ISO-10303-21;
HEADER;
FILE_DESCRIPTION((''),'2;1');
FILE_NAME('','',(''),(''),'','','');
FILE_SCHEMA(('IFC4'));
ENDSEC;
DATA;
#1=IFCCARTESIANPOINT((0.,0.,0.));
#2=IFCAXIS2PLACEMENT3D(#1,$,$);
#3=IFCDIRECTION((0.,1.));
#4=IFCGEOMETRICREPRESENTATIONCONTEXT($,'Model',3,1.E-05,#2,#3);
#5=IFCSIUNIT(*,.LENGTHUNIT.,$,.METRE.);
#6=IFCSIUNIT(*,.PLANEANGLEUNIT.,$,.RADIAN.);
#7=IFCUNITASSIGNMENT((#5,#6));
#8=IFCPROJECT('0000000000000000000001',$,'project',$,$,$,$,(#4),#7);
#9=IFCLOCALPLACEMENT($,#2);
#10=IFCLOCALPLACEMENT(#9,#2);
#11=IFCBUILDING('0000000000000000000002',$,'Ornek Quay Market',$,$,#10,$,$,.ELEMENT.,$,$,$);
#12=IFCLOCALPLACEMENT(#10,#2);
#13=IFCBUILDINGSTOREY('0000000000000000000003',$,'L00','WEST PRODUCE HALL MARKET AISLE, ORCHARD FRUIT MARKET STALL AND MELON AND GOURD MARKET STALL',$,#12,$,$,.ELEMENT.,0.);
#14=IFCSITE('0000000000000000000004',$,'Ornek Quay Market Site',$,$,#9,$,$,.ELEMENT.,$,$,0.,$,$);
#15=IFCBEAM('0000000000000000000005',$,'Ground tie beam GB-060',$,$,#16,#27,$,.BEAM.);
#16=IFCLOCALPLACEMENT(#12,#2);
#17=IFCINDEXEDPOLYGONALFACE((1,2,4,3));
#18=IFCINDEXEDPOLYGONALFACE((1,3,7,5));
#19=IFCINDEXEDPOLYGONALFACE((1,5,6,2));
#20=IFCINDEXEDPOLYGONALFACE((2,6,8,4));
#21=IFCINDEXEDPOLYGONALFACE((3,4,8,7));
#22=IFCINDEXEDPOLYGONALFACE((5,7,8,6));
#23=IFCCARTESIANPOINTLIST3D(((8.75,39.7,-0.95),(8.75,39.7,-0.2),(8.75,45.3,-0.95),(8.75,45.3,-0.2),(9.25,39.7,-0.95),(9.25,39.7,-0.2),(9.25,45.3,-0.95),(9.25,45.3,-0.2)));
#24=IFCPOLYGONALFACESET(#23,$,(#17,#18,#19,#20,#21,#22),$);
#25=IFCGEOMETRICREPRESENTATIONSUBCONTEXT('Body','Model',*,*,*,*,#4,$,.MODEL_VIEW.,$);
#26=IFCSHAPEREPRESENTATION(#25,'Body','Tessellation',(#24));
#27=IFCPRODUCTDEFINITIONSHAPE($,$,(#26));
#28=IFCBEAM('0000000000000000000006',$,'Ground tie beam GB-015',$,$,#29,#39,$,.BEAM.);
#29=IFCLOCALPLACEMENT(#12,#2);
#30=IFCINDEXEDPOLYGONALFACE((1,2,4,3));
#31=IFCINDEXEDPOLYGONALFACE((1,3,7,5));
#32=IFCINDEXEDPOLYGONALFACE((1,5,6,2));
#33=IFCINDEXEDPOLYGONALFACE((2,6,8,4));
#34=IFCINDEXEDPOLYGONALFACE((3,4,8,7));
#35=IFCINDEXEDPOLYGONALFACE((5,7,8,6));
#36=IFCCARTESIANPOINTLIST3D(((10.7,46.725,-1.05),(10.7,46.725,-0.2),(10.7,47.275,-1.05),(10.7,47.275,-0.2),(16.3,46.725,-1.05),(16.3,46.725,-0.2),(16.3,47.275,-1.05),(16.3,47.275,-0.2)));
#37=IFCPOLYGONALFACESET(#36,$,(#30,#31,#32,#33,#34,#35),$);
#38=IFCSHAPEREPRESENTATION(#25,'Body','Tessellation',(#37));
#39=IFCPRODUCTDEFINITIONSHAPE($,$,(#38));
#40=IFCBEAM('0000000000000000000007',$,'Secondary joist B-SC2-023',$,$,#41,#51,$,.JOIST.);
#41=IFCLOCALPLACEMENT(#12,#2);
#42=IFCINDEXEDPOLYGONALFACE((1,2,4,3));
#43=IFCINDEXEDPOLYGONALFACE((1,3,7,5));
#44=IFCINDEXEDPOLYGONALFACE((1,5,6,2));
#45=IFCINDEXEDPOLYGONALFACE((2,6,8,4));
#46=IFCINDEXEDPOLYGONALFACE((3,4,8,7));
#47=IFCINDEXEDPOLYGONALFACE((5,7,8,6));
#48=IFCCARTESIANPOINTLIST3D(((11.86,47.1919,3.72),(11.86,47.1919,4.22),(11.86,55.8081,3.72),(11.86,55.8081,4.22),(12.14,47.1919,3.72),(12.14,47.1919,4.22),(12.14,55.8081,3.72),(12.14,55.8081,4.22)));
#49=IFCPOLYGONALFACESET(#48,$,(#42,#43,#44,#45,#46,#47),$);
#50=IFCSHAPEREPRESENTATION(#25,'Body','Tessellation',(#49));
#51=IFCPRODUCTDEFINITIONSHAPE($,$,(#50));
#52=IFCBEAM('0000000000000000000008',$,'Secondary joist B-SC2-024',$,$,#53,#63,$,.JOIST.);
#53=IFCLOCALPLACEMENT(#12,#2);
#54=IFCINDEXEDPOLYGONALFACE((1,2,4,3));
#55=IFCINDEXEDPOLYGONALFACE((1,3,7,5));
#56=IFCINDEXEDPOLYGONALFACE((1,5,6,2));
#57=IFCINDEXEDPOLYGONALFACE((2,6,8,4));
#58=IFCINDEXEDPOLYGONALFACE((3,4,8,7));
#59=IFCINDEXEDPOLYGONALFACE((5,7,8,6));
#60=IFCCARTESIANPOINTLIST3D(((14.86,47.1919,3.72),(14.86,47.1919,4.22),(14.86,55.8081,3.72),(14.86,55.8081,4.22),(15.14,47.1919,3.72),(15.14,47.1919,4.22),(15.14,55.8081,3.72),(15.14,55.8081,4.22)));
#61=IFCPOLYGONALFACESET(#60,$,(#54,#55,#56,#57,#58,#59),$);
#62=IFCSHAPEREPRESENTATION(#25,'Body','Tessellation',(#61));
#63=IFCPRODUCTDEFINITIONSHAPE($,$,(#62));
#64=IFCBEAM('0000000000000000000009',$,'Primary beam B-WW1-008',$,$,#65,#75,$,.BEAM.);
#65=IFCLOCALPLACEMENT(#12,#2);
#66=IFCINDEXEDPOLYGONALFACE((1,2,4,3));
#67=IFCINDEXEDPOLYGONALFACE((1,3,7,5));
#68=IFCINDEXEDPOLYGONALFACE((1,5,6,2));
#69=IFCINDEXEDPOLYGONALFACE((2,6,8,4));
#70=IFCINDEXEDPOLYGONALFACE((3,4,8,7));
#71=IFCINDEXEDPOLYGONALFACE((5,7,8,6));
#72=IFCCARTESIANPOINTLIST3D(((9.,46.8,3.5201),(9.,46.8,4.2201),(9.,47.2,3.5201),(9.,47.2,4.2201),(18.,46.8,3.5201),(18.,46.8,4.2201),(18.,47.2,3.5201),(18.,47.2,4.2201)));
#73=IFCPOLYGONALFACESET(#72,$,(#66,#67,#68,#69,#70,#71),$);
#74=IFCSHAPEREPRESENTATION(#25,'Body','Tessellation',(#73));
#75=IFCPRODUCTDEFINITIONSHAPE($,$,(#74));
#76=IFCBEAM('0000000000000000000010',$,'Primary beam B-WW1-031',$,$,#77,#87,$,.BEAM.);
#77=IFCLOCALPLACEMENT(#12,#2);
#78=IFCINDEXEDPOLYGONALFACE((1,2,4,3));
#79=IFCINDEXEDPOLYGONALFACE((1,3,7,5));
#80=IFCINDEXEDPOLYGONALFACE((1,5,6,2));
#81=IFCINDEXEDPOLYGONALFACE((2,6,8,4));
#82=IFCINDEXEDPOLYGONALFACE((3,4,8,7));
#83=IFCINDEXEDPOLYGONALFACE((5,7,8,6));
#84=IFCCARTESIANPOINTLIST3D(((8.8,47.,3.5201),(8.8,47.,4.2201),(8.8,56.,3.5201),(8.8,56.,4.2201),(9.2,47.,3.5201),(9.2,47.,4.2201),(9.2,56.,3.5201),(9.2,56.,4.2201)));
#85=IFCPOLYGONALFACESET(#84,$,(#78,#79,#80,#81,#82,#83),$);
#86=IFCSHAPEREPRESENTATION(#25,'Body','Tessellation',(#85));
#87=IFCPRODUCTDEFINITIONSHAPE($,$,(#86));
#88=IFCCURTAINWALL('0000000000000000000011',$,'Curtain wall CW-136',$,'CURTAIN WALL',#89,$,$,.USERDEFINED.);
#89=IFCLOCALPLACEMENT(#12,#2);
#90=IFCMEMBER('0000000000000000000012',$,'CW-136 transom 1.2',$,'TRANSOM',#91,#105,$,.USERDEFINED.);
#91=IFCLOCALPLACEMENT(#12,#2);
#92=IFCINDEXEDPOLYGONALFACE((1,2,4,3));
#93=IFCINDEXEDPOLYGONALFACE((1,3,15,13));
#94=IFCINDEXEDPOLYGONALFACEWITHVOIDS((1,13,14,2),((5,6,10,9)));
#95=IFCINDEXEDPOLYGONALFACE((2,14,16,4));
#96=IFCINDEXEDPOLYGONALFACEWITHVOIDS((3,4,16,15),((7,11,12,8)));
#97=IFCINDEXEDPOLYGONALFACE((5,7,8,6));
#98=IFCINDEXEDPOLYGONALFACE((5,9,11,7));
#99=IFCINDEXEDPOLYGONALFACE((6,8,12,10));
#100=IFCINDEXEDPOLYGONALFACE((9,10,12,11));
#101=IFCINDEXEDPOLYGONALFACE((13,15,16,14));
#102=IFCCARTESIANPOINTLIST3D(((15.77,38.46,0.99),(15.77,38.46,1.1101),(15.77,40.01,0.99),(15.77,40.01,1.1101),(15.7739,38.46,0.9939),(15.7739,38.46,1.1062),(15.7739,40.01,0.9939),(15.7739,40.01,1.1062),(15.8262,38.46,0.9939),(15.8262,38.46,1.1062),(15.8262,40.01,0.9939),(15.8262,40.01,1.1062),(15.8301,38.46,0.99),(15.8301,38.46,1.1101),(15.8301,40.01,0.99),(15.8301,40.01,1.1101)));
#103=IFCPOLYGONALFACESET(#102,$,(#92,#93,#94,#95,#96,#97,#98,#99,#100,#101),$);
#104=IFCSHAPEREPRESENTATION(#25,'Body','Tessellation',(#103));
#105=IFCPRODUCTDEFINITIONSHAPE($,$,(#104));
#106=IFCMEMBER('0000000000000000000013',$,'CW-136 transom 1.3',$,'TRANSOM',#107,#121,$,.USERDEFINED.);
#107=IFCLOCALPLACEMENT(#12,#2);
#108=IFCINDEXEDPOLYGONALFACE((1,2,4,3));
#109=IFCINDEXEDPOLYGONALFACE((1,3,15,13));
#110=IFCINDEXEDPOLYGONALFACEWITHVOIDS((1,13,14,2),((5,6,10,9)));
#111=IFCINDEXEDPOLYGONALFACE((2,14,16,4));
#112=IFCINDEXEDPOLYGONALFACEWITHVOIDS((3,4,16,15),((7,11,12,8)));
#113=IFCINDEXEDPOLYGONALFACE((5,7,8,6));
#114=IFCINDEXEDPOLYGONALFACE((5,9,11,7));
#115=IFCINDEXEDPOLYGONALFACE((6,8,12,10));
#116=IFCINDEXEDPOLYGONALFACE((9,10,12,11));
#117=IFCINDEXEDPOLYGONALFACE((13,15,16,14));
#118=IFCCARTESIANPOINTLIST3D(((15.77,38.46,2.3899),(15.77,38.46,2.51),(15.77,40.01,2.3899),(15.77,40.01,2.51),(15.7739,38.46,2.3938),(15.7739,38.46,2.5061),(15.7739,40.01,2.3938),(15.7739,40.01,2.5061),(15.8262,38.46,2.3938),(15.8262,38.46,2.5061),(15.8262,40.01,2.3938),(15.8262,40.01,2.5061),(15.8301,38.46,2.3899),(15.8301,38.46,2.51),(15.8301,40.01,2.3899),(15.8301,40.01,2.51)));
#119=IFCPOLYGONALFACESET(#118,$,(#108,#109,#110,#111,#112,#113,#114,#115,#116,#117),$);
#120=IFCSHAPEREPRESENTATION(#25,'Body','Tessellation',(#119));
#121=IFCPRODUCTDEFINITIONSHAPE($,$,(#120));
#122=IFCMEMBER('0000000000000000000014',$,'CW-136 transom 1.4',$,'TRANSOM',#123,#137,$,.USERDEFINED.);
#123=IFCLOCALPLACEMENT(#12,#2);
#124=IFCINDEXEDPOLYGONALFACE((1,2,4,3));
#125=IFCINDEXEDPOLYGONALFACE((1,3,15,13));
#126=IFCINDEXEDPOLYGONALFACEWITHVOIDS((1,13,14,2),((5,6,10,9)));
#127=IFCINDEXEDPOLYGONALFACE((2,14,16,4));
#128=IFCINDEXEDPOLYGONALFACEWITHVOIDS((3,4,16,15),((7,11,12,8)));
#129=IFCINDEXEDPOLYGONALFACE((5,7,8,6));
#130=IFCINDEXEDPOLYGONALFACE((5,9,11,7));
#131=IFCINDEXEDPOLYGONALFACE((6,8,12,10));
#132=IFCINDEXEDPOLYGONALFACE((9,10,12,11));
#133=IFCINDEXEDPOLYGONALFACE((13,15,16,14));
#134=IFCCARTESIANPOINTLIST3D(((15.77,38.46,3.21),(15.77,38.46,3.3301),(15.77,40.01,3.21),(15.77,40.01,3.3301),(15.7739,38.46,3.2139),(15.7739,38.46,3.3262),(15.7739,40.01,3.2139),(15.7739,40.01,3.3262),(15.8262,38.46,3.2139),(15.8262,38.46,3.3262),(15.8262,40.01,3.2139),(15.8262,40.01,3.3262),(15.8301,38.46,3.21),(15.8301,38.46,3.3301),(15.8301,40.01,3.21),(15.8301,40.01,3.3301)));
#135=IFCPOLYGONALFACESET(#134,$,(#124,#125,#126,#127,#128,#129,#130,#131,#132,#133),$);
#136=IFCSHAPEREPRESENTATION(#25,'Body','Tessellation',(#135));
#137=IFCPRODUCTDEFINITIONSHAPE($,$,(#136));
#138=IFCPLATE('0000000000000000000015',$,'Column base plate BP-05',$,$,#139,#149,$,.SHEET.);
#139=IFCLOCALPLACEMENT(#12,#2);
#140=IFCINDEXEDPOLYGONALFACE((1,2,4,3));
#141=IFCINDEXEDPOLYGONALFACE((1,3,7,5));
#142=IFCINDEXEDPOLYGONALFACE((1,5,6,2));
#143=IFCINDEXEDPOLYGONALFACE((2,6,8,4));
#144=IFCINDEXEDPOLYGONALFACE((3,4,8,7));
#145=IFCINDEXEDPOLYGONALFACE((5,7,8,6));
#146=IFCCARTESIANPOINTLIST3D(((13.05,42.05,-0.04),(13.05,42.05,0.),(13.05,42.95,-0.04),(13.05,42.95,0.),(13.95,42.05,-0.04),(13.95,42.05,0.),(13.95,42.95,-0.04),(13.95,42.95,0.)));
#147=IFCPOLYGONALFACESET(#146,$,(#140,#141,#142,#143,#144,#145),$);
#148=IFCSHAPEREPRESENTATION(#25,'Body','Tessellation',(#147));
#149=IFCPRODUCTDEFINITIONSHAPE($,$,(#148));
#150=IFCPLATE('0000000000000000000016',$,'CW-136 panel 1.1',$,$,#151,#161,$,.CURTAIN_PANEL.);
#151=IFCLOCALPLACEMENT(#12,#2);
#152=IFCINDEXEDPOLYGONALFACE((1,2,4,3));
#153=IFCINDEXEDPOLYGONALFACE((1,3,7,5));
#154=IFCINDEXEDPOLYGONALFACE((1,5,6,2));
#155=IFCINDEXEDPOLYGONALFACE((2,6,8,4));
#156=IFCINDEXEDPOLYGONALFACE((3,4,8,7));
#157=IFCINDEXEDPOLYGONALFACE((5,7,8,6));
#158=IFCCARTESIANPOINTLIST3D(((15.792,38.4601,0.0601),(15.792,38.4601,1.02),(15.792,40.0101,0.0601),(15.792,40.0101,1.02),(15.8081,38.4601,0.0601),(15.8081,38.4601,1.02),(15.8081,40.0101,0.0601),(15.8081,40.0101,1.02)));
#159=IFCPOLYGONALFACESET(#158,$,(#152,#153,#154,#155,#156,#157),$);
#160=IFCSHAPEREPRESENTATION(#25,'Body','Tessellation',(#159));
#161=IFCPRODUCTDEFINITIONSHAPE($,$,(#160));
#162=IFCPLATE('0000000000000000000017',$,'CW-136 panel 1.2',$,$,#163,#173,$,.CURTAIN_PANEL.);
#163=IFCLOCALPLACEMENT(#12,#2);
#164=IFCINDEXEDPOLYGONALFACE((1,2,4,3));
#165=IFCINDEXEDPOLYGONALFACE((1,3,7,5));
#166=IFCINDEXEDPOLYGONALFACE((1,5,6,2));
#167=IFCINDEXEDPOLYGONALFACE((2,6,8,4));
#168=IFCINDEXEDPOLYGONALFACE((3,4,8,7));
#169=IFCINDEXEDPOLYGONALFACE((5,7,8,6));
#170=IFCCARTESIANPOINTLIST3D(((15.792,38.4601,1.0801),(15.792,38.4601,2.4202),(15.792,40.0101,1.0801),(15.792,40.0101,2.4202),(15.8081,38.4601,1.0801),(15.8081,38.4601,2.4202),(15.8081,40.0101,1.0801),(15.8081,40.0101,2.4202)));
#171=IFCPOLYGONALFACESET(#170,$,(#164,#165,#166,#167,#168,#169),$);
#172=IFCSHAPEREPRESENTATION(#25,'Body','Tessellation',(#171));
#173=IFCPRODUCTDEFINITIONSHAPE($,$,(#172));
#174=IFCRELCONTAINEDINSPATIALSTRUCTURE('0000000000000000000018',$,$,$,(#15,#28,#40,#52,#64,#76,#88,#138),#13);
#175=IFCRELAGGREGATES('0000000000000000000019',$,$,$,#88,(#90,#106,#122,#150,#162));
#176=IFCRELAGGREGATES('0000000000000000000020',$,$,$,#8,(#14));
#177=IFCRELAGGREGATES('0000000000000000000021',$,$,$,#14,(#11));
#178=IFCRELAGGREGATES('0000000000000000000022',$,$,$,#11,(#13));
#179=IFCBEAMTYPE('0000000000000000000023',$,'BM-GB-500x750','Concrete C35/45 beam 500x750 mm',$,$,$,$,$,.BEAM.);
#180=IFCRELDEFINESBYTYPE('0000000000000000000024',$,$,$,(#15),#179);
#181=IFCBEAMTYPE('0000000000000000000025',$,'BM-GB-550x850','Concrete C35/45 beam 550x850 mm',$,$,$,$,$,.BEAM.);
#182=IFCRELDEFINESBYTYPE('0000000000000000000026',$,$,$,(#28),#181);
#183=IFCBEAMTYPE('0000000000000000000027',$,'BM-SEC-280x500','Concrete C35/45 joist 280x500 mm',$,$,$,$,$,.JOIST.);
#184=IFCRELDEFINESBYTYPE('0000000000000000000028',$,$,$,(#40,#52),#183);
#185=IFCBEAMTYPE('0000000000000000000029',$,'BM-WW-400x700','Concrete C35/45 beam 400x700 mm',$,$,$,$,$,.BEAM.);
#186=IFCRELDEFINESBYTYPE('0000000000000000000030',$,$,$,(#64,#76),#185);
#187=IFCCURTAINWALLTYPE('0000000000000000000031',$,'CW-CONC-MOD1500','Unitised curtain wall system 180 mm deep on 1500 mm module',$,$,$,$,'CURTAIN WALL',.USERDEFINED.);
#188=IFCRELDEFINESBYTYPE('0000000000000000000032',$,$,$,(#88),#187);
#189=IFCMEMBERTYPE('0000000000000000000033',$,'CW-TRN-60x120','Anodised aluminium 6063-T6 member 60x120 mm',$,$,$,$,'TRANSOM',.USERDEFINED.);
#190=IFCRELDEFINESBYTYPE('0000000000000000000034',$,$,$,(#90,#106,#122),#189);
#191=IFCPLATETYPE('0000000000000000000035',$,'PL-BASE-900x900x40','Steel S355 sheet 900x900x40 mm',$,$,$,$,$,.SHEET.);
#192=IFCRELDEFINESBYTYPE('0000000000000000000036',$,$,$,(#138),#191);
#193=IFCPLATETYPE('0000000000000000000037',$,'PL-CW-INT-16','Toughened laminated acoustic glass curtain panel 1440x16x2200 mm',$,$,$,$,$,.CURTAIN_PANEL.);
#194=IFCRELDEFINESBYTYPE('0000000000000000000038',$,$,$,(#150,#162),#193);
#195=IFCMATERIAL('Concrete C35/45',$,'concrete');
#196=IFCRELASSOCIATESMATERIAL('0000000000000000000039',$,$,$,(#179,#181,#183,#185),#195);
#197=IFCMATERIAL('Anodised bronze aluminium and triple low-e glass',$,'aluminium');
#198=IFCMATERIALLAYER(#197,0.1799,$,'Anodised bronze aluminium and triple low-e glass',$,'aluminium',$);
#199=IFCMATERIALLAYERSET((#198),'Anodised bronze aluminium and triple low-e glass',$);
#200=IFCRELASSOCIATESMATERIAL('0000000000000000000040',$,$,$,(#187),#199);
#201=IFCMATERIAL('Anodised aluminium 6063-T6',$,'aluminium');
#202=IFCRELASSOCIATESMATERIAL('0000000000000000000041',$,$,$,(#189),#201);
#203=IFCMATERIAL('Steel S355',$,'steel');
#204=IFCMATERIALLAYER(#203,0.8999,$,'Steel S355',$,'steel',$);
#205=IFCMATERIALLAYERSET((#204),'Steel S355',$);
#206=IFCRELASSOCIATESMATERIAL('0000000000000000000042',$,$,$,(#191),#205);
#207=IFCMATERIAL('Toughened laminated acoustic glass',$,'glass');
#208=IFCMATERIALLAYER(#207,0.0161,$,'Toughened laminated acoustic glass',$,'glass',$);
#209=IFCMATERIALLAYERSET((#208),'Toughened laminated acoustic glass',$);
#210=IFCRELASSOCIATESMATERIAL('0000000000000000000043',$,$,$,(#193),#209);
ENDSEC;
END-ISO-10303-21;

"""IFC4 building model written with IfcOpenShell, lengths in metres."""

from ifc_helpers import new_model, si_unit, direction, frame, origin, origin_2d, place, context, subcontext, project, spatial, rectangle, hollow_rectangle, extrude, material, layer, layer_set, material_profile, profile_set, type_object, element, aggregate, save


model = new_model("IFC4")

# Units and contexts
model_context = context("Model", 3, precision=1e-05, world=origin(), true_north=direction((0.0, 1.0)))
body_context = subcontext(model_context, "Body", "Model", "MODEL_VIEW")
ifc_project = project(units=[si_unit("LENGTHUNIT", "METRE"), si_unit("PLANEANGLEUNIT", "RADIAN")], contexts=[model_context])

# Site, building, storey
site_placement = place(None, origin())
site = spatial("IfcSite", under=ifc_project, at=site_placement, Name="Ornek Quay Market Site", CompositionType="ELEMENT", RefElevation=0.0)
building_placement = place(site_placement, origin())
building = spatial("IfcBuilding", under=site, at=building_placement, Name="Ornek Quay Market", CompositionType="ELEMENT")
storey_placement = place(building_placement, origin())
storey = spatial("IfcBuildingStorey", under=building, at=storey_placement, Name="L00", Description="WEST PRODUCE HALL MARKET AISLE, ORCHARD FRUIT MARKET STALL AND MELON AND GOURD MARKET STALL", CompositionType="ELEMENT", Elevation=0.0)

# Shared definitions
ifc_material_1 = material(Name="Concrete C35/45", Category="concrete")

# Shared definitions
ifc_material_2 = material(Name="Steel S355", Category="steel")

# Beams
ifc_material_profile_1 = material_profile(ifc_material_1, rectangle(XDim=0.5, YDim=0.75, at=origin_2d()), Name="RC 500x750", Category="concrete")
ifc_profile_set_1 = profile_set([ifc_material_profile_1], Name="Concrete C35/45")
beam_type_1 = type_object("IfcBeamType", Name="BM-GB-500x750", Description="Concrete C35/45 beam 500x750 mm", PredefinedType="BEAM", material=ifc_profile_set_1)
beam_1_placement = place(storey_placement, frame((9.0, 39.7, -0.575), z_axis=(0.0, 1.0, 0.0), x_axis=(-1.0, 0.0, 0.0)))
element("IfcBeam", 1, at=beam_1_placement, inside=storey, type_object=beam_type_1, Name="Ground tie beam GB-060", PredefinedType="BEAM", context=body_context, shape_type="SweptSolid", body=[
    extrude(rectangle(XDim=0.5, YDim=0.75, at=origin_2d()), origin(), (0.0, 0.0, 1.0), 5.6001),
])
ifc_material_profile_2 = material_profile(ifc_material_1, rectangle(XDim=0.55, YDim=0.8501, at=origin_2d()), Name="RC 550x850", Category="concrete")
ifc_profile_set_2 = profile_set([ifc_material_profile_2], Name="Concrete C35/45")
beam_type_2 = type_object("IfcBeamType", Name="BM-GB-550x850", Description="Concrete C35/45 beam 550x850 mm", PredefinedType="BEAM", material=ifc_profile_set_2)
beam_2_placement = place(storey_placement, frame((10.7, 47.0, -0.625), z_axis=(1.0, 0.0, 0.0), x_axis=(0.0, 1.0, 0.0)))
element("IfcBeam", 2, at=beam_2_placement, inside=storey, type_object=beam_type_2, Name="Ground tie beam GB-015", PredefinedType="BEAM", context=body_context, shape_type="SweptSolid", body=[
    extrude(rectangle(XDim=0.55, YDim=0.8501, at=origin_2d()), origin(), (0.0, 0.0, 1.0), 5.6001),
])
ifc_material_profile_3 = material_profile(ifc_material_1, rectangle(XDim=0.28, YDim=0.5, at=origin_2d()), Name="RC 280x500", Category="concrete")
ifc_profile_set_3 = profile_set([ifc_material_profile_3], Name="Concrete C35/45")
beam_type_3 = type_object("IfcBeamType", Name="BM-SEC-280x500", Description="Concrete C35/45 joist 280x500 mm", PredefinedType="JOIST", material=ifc_profile_set_3)
for number, where, z_axis, x_axis, name in (
    (3, (12.0, 47.1919, 3.97), (0.0, 1.0, 0.0), (-1.0, 0.0, 0.0), "Secondary joist B-SC2-023"),
    (4, (15.0, 47.1919, 3.97), (0.0, 1.0, 0.0), (-1.0, 0.0, 0.0), "Secondary joist B-SC2-024"),
):
    element("IfcBeam", number, at=place(storey_placement, frame(where, z_axis=z_axis, x_axis=x_axis)), inside=storey, type_object=beam_type_3, Name=name, PredefinedType="JOIST", context=body_context, shape_type="SweptSolid", body=[
        extrude(rectangle(XDim=0.28, YDim=0.5, at=origin_2d()), origin(), (0.0, 0.0, 1.0), 8.6162),
    ])
ifc_material_profile_4 = material_profile(ifc_material_1, rectangle(XDim=0.3999, YDim=0.7, at=origin_2d()), Name="RC 400x700", Category="concrete")
ifc_profile_set_4 = profile_set([ifc_material_profile_4], Name="Concrete C35/45")
beam_type_4 = type_object("IfcBeamType", Name="BM-WW-400x700", Description="Concrete C35/45 beam 400x700 mm", PredefinedType="BEAM", material=ifc_profile_set_4)
for number, where, z_axis, x_axis, name in (
    (5, (9.0, 47.0, 3.8701), (1.0, 0.0, 0.0), (0.0, 1.0, 0.0), "Primary beam B-WW1-008"),
    (6, (9.0, 47.0, 3.8701), (0.0, 1.0, 0.0), (-1.0, 0.0, 0.0), "Primary beam B-WW1-031"),
):
    element("IfcBeam", number, at=place(storey_placement, frame(where, z_axis=z_axis, x_axis=x_axis)), inside=storey, type_object=beam_type_4, Name=name, PredefinedType="BEAM", context=body_context, shape_type="SweptSolid", body=[
        extrude(rectangle(XDim=0.3999, YDim=0.7, at=origin_2d()), origin(), (0.0, 0.0, 1.0), 9.0),
    ])

# Curtain wall, members
ifc_material_3 = material(Name="Anodised bronze aluminium and triple low-e glass", Category="aluminium")
ifc_layer_1 = layer(ifc_material_3, 0.1799, Name="Anodised bronze aluminium and triple low-e glass", Category="aluminium")
ifc_layer_set_1 = layer_set([ifc_layer_1], Name="Anodised bronze aluminium and triple low-e glass")
curtain_wall_type = type_object("IfcCurtainWallType", Name="CW-CONC-MOD1500", Description="Unitised curtain wall system 180 mm deep on 1500 mm module", ElementType="CURTAIN WALL", PredefinedType="USERDEFINED", material=ifc_layer_set_1)
curtain_wall_placement = place(storey_placement, origin())
curtain_wall = element("IfcCurtainWall", 7, at=curtain_wall_placement, inside=storey, type_object=curtain_wall_type, Name="Curtain wall CW-136", ObjectType="CURTAIN WALL", PredefinedType="USERDEFINED")
ifc_material_4 = material(Name="Anodised aluminium 6063-T6", Category="aluminium")
ifc_material_profile_5 = material_profile(ifc_material_4, hollow_rectangle(XDim=0.0601, YDim=0.1201, WallThickness=0.0039, at=origin_2d()), Name="CW-TRN-60x120", Category="aluminium")
ifc_profile_set_5 = profile_set([ifc_material_profile_5], Name="Anodised aluminium 6063-T6")
member_type = type_object("IfcMemberType", Name="CW-TRN-60x120", Description="Anodised aluminium 6063-T6 member 60x120 mm", ElementType="TRANSOM", PredefinedType="USERDEFINED", material=ifc_profile_set_5)
member_1_placement = place(storey_placement, frame((15.8, 38.46, 1.05), z_axis=(0.0, 1.0, 0.0), x_axis=(-1.0, 0.0, 0.0)))
member_1 = element("IfcMember", 8, at=member_1_placement, type_object=member_type, Name="CW-136 transom 1.2", ObjectType="TRANSOM", PredefinedType="USERDEFINED", context=body_context, shape_type="SweptSolid", body=[
    extrude(hollow_rectangle(XDim=0.0601, YDim=0.1201, WallThickness=0.0039, at=origin_2d()), origin(), (0.0, 0.0, 1.0), 1.55),
])
member_2_placement = place(storey_placement, frame((15.8, 38.46, 2.45), z_axis=(0.0, 1.0, 0.0), x_axis=(-1.0, 0.0, 0.0)))
member_2 = element("IfcMember", 9, at=member_2_placement, type_object=member_type, Name="CW-136 transom 1.3", ObjectType="TRANSOM", PredefinedType="USERDEFINED", context=body_context, shape_type="SweptSolid", body=[
    extrude(hollow_rectangle(XDim=0.0601, YDim=0.1201, WallThickness=0.0039, at=origin_2d()), origin(), (0.0, 0.0, 1.0), 1.55),
])
member_3_placement = place(storey_placement, frame((15.8, 38.46, 3.27), z_axis=(0.0, 1.0, 0.0), x_axis=(-1.0, 0.0, 0.0)))
member_3 = element("IfcMember", 10, at=member_3_placement, type_object=member_type, Name="CW-136 transom 1.4", ObjectType="TRANSOM", PredefinedType="USERDEFINED", context=body_context, shape_type="SweptSolid", body=[
    extrude(hollow_rectangle(XDim=0.0601, YDim=0.1201, WallThickness=0.0039, at=origin_2d()), origin(), (0.0, 0.0, 1.0), 1.55),
])

# Plates
ifc_layer_2 = layer(ifc_material_2, 0.8999, Name="Steel S355", Category="steel")
ifc_layer_set_2 = layer_set([ifc_layer_2], Name="Steel S355")
plate_type_1 = type_object("IfcPlateType", Name="PL-BASE-900x900x40", Description="Steel S355 sheet 900x900x40 mm", PredefinedType="SHEET", material=ifc_layer_set_2)
plate_1_placement = place(storey_placement, frame((13.5, 42.5, -0.04), z_axis=(0.0, 0.0, 1.0), x_axis=(1.0, 0.0, 0.0)))
element("IfcPlate", 11, at=plate_1_placement, inside=storey, type_object=plate_type_1, Name="Column base plate BP-05", PredefinedType="SHEET", context=body_context, shape_type="SweptSolid", body=[
    extrude(rectangle(XDim=0.8999, YDim=0.8999, at=origin_2d()), origin(), (0.0, 0.0, 1.0), 0.04),
])
ifc_material_5 = material(Name="Toughened laminated acoustic glass", Category="glass")
ifc_layer_3 = layer(ifc_material_5, 0.0161, Name="Toughened laminated acoustic glass", Category="glass")
ifc_layer_set_3 = layer_set([ifc_layer_3], Name="Toughened laminated acoustic glass")
plate_type_2 = type_object("IfcPlateType", Name="PL-CW-INT-16", Description="Toughened laminated acoustic glass curtain panel 1440x16x2200 mm", PredefinedType="CURTAIN_PANEL", material=ifc_layer_set_3)
plate_2_placement = place(storey_placement, frame((15.8, 39.2351, 0.0601), z_axis=(0.0, 0.0, 1.0), x_axis=(0.0, 1.0, 0.0)))
plate_2 = element("IfcPlate", 12, at=plate_2_placement, type_object=plate_type_2, Name="CW-136 panel 1.1", PredefinedType="CURTAIN_PANEL", context=body_context, shape_type="SweptSolid", body=[
    extrude(rectangle(XDim=1.55, YDim=0.0161, at=origin_2d()), origin(), (0.0, 0.0, 1.0), 0.96),
])
plate_3_placement = place(storey_placement, frame((15.8, 39.2351, 1.0801), z_axis=(0.0, 0.0, 1.0), x_axis=(0.0, 1.0, 0.0)))
plate_3 = element("IfcPlate", 13, at=plate_3_placement, type_object=plate_type_2, Name="CW-136 panel 1.2", PredefinedType="CURTAIN_PANEL", context=body_context, shape_type="SweptSolid", body=[
    extrude(rectangle(XDim=1.55, YDim=0.0161, at=origin_2d()), origin(), (0.0, 0.0, 1.0), 1.3401),
])
aggregate(curtain_wall, [member_1, member_2, member_3, plate_2, plate_3])

save(model, "model.ifc")
